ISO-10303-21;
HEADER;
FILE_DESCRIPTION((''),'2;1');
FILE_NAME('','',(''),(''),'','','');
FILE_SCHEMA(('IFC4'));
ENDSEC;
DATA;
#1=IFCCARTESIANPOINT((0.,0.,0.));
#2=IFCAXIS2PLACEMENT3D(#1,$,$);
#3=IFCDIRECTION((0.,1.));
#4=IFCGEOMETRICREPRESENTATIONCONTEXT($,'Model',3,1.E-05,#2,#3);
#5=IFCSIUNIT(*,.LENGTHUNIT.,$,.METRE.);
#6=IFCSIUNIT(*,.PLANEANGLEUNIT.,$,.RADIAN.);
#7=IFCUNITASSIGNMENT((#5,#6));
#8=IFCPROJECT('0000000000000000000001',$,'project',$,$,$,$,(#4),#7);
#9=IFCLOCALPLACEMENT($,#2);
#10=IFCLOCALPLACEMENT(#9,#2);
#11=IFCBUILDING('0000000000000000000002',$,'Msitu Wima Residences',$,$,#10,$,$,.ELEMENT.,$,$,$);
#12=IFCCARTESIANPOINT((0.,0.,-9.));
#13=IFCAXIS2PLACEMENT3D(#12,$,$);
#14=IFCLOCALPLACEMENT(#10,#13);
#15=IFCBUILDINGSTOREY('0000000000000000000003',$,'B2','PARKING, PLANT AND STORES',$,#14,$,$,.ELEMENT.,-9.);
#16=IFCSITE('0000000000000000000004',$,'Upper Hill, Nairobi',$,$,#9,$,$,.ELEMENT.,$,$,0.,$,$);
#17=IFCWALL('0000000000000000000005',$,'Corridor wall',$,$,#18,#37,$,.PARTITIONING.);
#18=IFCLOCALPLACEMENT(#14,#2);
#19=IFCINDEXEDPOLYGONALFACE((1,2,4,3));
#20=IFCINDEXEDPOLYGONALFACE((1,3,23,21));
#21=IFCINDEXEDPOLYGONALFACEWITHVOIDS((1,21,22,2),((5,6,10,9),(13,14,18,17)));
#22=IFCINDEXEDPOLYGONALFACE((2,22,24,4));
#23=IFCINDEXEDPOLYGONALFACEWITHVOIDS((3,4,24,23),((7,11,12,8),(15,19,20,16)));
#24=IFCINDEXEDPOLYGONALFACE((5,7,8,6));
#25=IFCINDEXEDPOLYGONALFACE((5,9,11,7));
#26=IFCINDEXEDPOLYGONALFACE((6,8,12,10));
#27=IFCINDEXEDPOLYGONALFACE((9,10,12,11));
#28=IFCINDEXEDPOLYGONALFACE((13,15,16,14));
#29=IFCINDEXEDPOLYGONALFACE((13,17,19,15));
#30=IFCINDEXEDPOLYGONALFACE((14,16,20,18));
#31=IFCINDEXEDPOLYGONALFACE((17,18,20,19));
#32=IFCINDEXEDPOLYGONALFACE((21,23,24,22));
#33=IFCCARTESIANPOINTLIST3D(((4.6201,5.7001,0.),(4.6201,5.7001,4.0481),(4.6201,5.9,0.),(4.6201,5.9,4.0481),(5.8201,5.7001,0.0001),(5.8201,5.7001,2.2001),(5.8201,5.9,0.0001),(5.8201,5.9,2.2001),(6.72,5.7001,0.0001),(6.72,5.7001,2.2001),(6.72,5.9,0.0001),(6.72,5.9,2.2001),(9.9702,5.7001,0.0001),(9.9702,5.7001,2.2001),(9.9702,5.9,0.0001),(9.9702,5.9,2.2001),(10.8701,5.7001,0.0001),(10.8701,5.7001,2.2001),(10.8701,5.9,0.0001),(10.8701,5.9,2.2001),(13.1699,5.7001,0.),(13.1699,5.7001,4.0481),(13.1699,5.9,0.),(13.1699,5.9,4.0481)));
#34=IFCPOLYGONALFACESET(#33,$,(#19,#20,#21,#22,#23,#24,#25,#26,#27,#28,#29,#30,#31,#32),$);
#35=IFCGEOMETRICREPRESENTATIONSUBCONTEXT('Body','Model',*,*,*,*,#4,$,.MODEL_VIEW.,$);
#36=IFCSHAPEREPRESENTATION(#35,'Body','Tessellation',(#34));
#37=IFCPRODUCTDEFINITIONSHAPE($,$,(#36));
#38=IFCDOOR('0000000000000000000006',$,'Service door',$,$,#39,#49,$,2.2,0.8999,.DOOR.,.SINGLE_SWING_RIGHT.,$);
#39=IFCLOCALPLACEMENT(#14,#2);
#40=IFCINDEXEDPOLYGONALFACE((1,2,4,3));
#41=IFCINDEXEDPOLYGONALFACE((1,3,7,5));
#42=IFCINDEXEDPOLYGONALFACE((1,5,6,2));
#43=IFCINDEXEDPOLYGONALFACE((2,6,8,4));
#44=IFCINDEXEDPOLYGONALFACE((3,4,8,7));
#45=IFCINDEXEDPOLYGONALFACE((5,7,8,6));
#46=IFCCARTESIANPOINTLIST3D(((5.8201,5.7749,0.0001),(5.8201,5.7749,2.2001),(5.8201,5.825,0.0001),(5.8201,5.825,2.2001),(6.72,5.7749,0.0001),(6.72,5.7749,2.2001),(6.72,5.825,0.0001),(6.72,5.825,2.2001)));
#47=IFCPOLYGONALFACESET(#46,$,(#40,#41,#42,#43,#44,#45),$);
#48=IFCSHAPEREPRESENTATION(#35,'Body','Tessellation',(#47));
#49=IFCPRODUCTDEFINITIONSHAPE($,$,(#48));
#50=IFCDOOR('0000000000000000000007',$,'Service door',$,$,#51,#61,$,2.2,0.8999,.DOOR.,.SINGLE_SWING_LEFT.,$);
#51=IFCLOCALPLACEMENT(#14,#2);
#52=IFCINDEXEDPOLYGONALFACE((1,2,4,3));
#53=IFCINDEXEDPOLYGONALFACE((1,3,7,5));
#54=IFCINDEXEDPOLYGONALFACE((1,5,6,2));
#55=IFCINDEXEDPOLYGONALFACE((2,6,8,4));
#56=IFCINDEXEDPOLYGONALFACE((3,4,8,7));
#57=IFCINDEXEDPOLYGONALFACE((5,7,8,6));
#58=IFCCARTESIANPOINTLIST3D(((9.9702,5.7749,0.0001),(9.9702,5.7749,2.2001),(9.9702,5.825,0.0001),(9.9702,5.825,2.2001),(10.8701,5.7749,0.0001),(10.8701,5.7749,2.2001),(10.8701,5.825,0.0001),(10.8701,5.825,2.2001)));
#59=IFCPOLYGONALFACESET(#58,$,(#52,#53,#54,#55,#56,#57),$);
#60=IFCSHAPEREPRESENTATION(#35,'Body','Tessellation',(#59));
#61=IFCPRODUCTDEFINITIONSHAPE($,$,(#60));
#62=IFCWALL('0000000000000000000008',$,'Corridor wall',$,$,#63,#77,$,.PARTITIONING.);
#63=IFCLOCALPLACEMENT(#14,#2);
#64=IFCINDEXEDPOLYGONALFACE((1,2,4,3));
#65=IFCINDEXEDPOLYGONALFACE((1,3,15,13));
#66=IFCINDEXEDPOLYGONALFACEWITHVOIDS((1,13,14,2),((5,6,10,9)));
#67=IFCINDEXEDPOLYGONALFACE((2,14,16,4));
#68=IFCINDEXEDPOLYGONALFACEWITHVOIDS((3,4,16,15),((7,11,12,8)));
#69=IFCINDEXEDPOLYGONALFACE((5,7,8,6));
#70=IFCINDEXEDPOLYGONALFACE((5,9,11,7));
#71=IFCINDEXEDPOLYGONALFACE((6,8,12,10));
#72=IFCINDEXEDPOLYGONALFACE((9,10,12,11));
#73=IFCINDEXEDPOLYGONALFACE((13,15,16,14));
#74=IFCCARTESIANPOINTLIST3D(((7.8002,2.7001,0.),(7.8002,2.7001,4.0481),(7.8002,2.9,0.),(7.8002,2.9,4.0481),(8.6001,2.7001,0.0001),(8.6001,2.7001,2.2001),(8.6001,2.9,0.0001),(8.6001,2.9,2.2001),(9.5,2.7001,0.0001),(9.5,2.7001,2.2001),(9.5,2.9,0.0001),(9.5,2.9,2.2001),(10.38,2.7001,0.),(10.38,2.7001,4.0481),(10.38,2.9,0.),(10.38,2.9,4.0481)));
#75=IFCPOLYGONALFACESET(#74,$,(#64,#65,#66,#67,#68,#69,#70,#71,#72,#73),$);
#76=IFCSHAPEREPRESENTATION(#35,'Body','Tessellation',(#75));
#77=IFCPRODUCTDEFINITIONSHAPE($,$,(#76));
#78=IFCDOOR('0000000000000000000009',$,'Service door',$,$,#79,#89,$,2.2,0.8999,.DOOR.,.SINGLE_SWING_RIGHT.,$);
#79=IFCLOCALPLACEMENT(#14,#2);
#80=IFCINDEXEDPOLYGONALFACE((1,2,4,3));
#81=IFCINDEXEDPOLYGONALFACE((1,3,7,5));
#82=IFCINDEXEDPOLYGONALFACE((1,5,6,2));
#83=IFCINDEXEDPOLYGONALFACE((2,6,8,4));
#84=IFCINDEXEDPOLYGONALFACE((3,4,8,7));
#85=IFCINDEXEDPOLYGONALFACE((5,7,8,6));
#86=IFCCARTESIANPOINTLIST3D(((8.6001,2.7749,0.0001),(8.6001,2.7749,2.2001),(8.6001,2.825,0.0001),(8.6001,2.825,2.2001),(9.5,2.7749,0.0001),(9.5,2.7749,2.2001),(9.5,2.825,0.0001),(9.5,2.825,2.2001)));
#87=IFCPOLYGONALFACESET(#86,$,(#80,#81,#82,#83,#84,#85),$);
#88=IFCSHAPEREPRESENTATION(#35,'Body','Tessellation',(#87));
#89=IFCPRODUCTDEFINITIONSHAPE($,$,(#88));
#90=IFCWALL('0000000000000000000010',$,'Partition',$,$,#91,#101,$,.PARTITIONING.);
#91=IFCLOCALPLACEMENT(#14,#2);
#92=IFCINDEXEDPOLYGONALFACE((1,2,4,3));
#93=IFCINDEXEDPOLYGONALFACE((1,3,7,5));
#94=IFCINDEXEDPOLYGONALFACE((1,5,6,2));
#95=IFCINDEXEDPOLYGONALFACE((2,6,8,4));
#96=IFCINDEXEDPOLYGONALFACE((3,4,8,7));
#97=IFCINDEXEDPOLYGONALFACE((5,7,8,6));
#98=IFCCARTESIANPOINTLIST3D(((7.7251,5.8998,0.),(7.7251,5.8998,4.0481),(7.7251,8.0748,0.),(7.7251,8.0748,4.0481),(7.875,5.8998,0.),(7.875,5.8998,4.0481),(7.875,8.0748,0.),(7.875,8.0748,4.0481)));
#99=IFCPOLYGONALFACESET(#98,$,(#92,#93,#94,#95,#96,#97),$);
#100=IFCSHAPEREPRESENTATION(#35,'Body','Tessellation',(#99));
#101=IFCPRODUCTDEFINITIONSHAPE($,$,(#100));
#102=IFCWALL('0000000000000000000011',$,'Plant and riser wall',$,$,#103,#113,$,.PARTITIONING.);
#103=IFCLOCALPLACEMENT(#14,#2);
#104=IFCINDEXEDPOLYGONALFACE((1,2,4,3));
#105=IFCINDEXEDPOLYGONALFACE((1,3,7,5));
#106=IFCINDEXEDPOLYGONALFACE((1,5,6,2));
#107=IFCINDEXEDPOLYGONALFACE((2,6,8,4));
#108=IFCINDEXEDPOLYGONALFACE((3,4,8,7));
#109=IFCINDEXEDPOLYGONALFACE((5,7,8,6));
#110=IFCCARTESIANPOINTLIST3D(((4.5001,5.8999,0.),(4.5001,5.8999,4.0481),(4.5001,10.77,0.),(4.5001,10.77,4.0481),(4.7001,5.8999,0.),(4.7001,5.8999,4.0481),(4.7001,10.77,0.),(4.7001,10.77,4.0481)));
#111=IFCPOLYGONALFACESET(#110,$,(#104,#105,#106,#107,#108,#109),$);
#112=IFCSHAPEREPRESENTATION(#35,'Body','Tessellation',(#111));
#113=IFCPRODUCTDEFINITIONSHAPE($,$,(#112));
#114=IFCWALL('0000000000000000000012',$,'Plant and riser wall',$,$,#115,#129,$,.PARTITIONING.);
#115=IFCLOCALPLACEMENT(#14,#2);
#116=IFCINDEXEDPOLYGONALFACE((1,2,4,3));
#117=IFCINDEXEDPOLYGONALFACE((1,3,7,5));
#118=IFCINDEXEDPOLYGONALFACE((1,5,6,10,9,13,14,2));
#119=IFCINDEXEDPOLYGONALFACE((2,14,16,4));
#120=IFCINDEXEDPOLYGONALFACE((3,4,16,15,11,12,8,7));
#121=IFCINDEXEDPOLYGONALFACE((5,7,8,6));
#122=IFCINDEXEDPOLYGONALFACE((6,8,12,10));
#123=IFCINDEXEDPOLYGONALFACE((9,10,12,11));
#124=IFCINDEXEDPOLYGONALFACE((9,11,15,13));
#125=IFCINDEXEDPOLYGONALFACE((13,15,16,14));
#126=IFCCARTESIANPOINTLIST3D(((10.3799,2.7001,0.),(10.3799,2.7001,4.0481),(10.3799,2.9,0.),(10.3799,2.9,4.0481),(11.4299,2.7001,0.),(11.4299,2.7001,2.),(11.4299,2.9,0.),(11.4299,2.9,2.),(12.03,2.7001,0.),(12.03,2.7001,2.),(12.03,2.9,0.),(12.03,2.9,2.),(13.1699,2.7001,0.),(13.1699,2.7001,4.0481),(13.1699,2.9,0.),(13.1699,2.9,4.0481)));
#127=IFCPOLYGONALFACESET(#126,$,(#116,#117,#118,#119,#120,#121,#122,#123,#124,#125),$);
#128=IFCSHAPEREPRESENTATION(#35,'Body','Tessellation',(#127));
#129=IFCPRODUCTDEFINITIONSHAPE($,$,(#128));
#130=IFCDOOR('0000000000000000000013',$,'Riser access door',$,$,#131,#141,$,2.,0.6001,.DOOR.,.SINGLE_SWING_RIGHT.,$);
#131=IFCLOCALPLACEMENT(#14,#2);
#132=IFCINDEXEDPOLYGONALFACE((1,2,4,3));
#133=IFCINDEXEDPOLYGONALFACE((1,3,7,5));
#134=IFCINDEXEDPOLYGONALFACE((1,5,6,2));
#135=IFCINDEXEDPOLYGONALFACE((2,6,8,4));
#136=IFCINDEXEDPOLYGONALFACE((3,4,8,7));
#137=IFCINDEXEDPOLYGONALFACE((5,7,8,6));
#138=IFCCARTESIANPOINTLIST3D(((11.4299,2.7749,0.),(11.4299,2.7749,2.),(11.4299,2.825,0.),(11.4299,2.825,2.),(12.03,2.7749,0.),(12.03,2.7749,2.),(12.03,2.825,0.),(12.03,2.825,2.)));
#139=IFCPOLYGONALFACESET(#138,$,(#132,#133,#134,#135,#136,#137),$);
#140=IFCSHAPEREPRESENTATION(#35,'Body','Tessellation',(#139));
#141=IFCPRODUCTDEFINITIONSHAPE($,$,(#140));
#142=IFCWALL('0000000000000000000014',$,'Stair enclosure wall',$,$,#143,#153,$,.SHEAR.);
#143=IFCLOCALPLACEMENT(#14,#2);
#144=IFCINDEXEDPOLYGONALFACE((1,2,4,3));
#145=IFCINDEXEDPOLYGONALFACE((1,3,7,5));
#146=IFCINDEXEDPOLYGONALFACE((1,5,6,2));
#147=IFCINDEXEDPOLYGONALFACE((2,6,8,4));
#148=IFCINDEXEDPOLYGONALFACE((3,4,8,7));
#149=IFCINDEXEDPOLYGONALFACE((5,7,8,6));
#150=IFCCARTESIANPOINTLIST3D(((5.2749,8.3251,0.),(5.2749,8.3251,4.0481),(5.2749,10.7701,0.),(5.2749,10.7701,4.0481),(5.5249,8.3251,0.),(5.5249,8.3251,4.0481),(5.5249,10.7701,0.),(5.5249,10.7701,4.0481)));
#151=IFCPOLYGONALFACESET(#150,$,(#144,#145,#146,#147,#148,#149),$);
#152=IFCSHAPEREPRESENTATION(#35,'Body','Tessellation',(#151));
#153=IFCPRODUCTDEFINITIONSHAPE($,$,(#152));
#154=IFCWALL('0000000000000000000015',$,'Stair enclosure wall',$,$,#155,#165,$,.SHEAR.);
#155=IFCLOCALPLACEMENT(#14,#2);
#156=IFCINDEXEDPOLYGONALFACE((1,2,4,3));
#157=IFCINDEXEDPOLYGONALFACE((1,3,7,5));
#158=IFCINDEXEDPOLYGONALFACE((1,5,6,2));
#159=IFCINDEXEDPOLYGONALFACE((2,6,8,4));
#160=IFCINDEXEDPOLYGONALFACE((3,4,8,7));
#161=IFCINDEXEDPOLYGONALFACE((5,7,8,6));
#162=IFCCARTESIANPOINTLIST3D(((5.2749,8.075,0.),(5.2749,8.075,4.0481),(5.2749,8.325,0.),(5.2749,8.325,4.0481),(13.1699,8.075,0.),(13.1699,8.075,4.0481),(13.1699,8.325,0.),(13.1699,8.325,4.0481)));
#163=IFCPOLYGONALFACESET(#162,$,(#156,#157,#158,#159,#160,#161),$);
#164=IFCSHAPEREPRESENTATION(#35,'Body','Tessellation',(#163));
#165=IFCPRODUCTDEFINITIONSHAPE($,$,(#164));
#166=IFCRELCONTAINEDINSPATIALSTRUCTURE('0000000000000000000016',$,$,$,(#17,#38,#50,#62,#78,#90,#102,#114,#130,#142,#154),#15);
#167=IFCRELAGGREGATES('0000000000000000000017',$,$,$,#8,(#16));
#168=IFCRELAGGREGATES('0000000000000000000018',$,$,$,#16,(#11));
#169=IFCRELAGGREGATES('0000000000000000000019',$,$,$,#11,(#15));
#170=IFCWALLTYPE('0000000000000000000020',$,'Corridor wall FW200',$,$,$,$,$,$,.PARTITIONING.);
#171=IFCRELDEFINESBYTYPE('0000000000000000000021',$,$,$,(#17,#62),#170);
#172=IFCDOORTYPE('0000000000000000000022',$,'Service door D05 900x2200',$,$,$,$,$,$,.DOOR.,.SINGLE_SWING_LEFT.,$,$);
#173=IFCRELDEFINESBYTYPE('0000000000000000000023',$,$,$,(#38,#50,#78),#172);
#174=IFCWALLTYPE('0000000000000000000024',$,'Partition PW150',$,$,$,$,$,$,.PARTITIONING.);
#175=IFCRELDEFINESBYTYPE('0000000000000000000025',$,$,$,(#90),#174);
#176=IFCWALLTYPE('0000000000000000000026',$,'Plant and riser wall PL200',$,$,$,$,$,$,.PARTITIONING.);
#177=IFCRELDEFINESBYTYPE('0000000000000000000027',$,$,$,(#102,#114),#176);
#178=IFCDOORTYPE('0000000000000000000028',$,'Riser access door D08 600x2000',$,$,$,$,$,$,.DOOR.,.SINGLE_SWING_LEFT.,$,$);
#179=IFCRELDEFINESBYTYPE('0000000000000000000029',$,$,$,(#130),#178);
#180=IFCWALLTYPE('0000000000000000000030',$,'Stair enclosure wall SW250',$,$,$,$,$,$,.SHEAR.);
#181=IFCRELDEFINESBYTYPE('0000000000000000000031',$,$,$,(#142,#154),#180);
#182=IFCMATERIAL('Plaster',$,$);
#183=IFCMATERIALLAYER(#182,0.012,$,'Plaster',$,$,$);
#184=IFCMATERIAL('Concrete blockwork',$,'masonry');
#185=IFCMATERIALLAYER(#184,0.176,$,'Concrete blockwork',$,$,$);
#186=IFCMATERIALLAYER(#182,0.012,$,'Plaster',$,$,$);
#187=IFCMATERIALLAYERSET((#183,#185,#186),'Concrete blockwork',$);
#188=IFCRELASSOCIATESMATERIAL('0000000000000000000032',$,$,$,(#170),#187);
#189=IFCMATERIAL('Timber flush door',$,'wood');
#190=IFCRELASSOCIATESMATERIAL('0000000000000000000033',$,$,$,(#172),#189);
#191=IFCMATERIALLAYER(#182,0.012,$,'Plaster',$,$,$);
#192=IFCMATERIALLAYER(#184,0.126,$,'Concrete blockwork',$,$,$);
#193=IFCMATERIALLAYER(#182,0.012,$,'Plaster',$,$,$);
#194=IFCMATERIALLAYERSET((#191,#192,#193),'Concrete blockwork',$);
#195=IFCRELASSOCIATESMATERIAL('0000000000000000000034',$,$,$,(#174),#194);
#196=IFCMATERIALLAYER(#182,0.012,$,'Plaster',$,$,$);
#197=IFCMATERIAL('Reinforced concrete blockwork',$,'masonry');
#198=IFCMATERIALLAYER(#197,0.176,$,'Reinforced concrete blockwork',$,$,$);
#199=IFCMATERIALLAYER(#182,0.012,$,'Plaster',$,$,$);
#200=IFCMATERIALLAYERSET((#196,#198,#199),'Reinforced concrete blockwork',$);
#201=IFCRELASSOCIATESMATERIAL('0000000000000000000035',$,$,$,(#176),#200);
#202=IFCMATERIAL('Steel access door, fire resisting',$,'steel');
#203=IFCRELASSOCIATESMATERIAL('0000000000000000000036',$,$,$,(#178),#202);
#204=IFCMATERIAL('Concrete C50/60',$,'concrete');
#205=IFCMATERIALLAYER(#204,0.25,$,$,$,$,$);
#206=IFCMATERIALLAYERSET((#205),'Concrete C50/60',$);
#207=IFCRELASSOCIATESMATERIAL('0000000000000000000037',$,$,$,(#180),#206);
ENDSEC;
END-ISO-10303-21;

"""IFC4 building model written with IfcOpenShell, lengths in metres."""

from ifc_helpers import new_model, si_unit, direction, frame, frame_2d, origin, place, context, subcontext, project, spatial, rectangle, extrude, material, layer, layer_set, type_object, element, fill, save


model = new_model("IFC4")

# Units and contexts
model_context = context("Model", 3, precision=1e-05, world=origin(), true_north=direction((0.0, 1.0)))
body_context = subcontext(model_context, "Body", "Model", "MODEL_VIEW")
ifc_project = project(units=[si_unit("LENGTHUNIT", "METRE"), si_unit("PLANEANGLEUNIT", "RADIAN")], contexts=[model_context])

# Site, building, storey
site_placement = place(None, origin())
site = spatial("IfcSite", under=ifc_project, at=site_placement, Name="Upper Hill, Nairobi", CompositionType="ELEMENT", RefElevation=0.0)
building_placement = place(site_placement, origin())
building = spatial("IfcBuilding", under=site, at=building_placement, Name="Msitu Wima Residences", CompositionType="ELEMENT")
storey_placement = place(building_placement, frame((0.0, 0.0, -9.0)))
storey = spatial("IfcBuildingStorey", under=building, at=storey_placement, Name="B2", Description="PARKING, PLANT AND STORES", CompositionType="ELEMENT", Elevation=-9.0)

# Wall, openings, doors
ifc_material_1 = material(Name="Plaster")
ifc_layer_1 = layer(ifc_material_1, 0.012, Name="Plaster")
ifc_material_2 = material(Name="Concrete blockwork", Category="masonry")
ifc_layer_2 = layer(ifc_material_2, 0.176, Name="Concrete blockwork")
ifc_layer_3 = layer(ifc_material_1, 0.012, Name="Plaster")
ifc_layer_set_1 = layer_set([ifc_layer_1, ifc_layer_2, ifc_layer_3], Name="Concrete blockwork")
wall_type_1 = type_object("IfcWallType", Name="Corridor wall FW200", PredefinedType="PARTITIONING", material=ifc_layer_set_1)
wall_1_placement = place(storey_placement, frame((4.6201, 5.8, 0.0), z_axis=(0.0, 0.0, 1.0), x_axis=(1.0, 0.0, 0.0)))
wall_1 = element("IfcWall", 1, at=wall_1_placement, inside=storey, type_object=wall_type_1, Name="Corridor wall", PredefinedType="PARTITIONING", context=body_context, shape_type="SweptSolid", body=[
    extrude(rectangle(XDim=8.5498, YDim=0.2, at=frame_2d((4.2749, 0.0))), origin(), (0.0, 0.0, 1.0), 4.0481),
])
opening_1_placement = place(wall_1_placement, frame((1.2, 0.0, 0.0)))
opening_1 = element("IfcOpeningElement", 2, at=opening_1_placement, cuts=wall_1, PredefinedType="OPENING", context=body_context, shape_type="SweptSolid", body=[
    extrude(rectangle(XDim=0.8999, YDim=2.2, at=frame_2d((0.45, 1.1001))), frame((0.0, 0.1099, 0.0), z_axis=(0.0, -1.0, 0.0), x_axis=(1.0, 0.0, 0.0)), (0.0, 0.0, 1.0), 0.22),
])
opening_2_placement = place(wall_1_placement, frame((5.3501, 0.0, 0.0)))
opening_2 = element("IfcOpeningElement", 3, at=opening_2_placement, cuts=wall_1, PredefinedType="OPENING", context=body_context, shape_type="SweptSolid", body=[
    extrude(rectangle(XDim=0.8999, YDim=2.2, at=frame_2d((0.45, 1.1001))), frame((0.0, 0.1099, 0.0), z_axis=(0.0, -1.0, 0.0), x_axis=(1.0, 0.0, 0.0)), (0.0, 0.0, 1.0), 0.22),
])
ifc_material_3 = material(Name="Timber flush door", Category="wood")
door_type_1 = type_object("IfcDoorType", Name="Service door D05 900x2200", OperationType="SINGLE_SWING_LEFT", PredefinedType="DOOR", material=ifc_material_3)
door_1_placement = place(opening_1_placement, origin())
door_1 = element("IfcDoor", 4, at=door_1_placement, inside=storey, type_object=door_type_1, Name="Service door", OperationType="SINGLE_SWING_RIGHT", OverallHeight=2.2, OverallWidth=0.8999, PredefinedType="DOOR", context=body_context, shape_type="SweptSolid", body=[
    extrude(rectangle(XDim=0.8999, YDim=2.2, at=frame_2d((0.45, 1.1001))), frame((0.0, 0.0249, 0.0), z_axis=(0.0, -1.0, 0.0), x_axis=(1.0, 0.0, 0.0)), (0.0, 0.0, 1.0), 0.05),
])
fill(opening_1, door_1)
door_2_placement = place(opening_2_placement, origin())
door_2 = element("IfcDoor", 5, at=door_2_placement, inside=storey, type_object=door_type_1, Name="Service door", OperationType="SINGLE_SWING_LEFT", OverallHeight=2.2, OverallWidth=0.8999, PredefinedType="DOOR", context=body_context, shape_type="SweptSolid", body=[
    extrude(rectangle(XDim=0.8999, YDim=2.2, at=frame_2d((0.45, 1.1001))), frame((0.0, 0.0249, 0.0), z_axis=(0.0, -1.0, 0.0), x_axis=(1.0, 0.0, 0.0)), (0.0, 0.0, 1.0), 0.05),
])
fill(opening_2, door_2)

# Wall, opening, door
wall_2_placement = place(storey_placement, frame((7.8, 2.8, 0.0), z_axis=(0.0, 0.0, 1.0), x_axis=(1.0, 0.0, 0.0)))
wall_2 = element("IfcWall", 6, at=wall_2_placement, inside=storey, type_object=wall_type_1, Name="Corridor wall", PredefinedType="PARTITIONING", context=body_context, shape_type="SweptSolid", body=[
    extrude(rectangle(XDim=2.5798, YDim=0.2, at=frame_2d((1.29, 0.0))), origin(), (0.0, 0.0, 1.0), 4.0481),
])
opening_3_placement = place(wall_2_placement, frame((0.8, 0.0, 0.0)))
opening_3 = element("IfcOpeningElement", 7, at=opening_3_placement, cuts=wall_2, PredefinedType="OPENING", context=body_context, shape_type="SweptSolid", body=[
    extrude(rectangle(XDim=0.8999, YDim=2.2, at=frame_2d((0.45, 1.1001))), frame((0.0, 0.1099, 0.0), z_axis=(0.0, -1.0, 0.0), x_axis=(1.0, 0.0, 0.0)), (0.0, 0.0, 1.0), 0.22),
])
door_3_placement = place(opening_3_placement, origin())
door_3 = element("IfcDoor", 8, at=door_3_placement, inside=storey, type_object=door_type_1, Name="Service door", OperationType="SINGLE_SWING_RIGHT", OverallHeight=2.2, OverallWidth=0.8999, PredefinedType="DOOR", context=body_context, shape_type="SweptSolid", body=[
    extrude(rectangle(XDim=0.8999, YDim=2.2, at=frame_2d((0.45, 1.1001))), frame((0.0, 0.0249, 0.0), z_axis=(0.0, -1.0, 0.0), x_axis=(1.0, 0.0, 0.0)), (0.0, 0.0, 1.0), 0.05),
])
fill(opening_3, door_3)

# Walls
ifc_layer_4 = layer(ifc_material_1, 0.012, Name="Plaster")
ifc_layer_5 = layer(ifc_material_2, 0.126, Name="Concrete blockwork")
ifc_layer_6 = layer(ifc_material_1, 0.012, Name="Plaster")
ifc_layer_set_2 = layer_set([ifc_layer_4, ifc_layer_5, ifc_layer_6], Name="Concrete blockwork")
wall_type_2 = type_object("IfcWallType", Name="Partition PW150", PredefinedType="PARTITIONING", material=ifc_layer_set_2)
wall_3_placement = place(storey_placement, frame((7.8, 5.8999, 0.0), z_axis=(0.0, 0.0, 1.0), x_axis=(0.0, 1.0, 0.0)))
element("IfcWall", 9, at=wall_3_placement, inside=storey, type_object=wall_type_2, Name="Partition", PredefinedType="PARTITIONING", context=body_context, shape_type="SweptSolid", body=[
    extrude(rectangle(XDim=2.175, YDim=0.1499, at=frame_2d((1.0874, 0.0))), origin(), (0.0, 0.0, 1.0), 4.0481),
])
ifc_layer_7 = layer(ifc_material_1, 0.012, Name="Plaster")
ifc_material_4 = material(Name="Reinforced concrete blockwork", Category="masonry")
ifc_layer_8 = layer(ifc_material_4, 0.176, Name="Reinforced concrete blockwork")
ifc_layer_9 = layer(ifc_material_1, 0.012, Name="Plaster")
ifc_layer_set_3 = layer_set([ifc_layer_7, ifc_layer_8, ifc_layer_9], Name="Reinforced concrete blockwork")
wall_type_3 = type_object("IfcWallType", Name="Plant and riser wall PL200", PredefinedType="PARTITIONING", material=ifc_layer_set_3)
wall_4_placement = place(storey_placement, frame((4.6001, 5.8999, 0.0), z_axis=(0.0, 0.0, 1.0), x_axis=(0.0, 1.0, 0.0)))
element("IfcWall", 10, at=wall_4_placement, inside=storey, type_object=wall_type_3, Name="Plant and riser wall", PredefinedType="PARTITIONING", context=body_context, shape_type="SweptSolid", body=[
    extrude(rectangle(XDim=4.8701, YDim=0.2, at=frame_2d((2.4351, 0.0))), origin(), (0.0, 0.0, 1.0), 4.0481),
])

# Wall, opening, door
wall_5_placement = place(storey_placement, frame((10.3799, 2.8, 0.0), z_axis=(0.0, 0.0, 1.0), x_axis=(1.0, 0.0, 0.0)))
wall_5 = element("IfcWall", 11, at=wall_5_placement, inside=storey, type_object=wall_type_3, Name="Plant and riser wall", PredefinedType="PARTITIONING", context=body_context, shape_type="SweptSolid", body=[
    extrude(rectangle(XDim=2.79, YDim=0.2, at=frame_2d((1.395, 0.0))), origin(), (0.0, 0.0, 1.0), 4.0481),
])
opening_4_placement = place(wall_5_placement, frame((1.05, 0.0, 0.0)))
opening_4 = element("IfcOpeningElement", 12, at=opening_4_placement, cuts=wall_5, PredefinedType="OPENING", context=body_context, shape_type="SweptSolid", body=[
    extrude(rectangle(XDim=0.6001, YDim=2.0, at=frame_2d((0.3, 1.0))), frame((0.0, 0.1099, 0.0), z_axis=(0.0, -1.0, 0.0), x_axis=(1.0, 0.0, 0.0)), (0.0, 0.0, 1.0), 0.22),
])
ifc_material_5 = material(Name="Steel access door, fire resisting", Category="steel")
door_type_2 = type_object("IfcDoorType", Name="Riser access door D08 600x2000", OperationType="SINGLE_SWING_LEFT", PredefinedType="DOOR", material=ifc_material_5)
door_4_placement = place(opening_4_placement, origin())
door_4 = element("IfcDoor", 13, at=door_4_placement, inside=storey, type_object=door_type_2, Name="Riser access door", OperationType="SINGLE_SWING_RIGHT", OverallHeight=2.0, OverallWidth=0.6001, PredefinedType="DOOR", context=body_context, shape_type="SweptSolid", body=[
    extrude(rectangle(XDim=0.6001, YDim=2.0, at=frame_2d((0.3, 1.0))), frame((0.0, 0.0249, 0.0), z_axis=(0.0, -1.0, 0.0), x_axis=(1.0, 0.0, 0.0)), (0.0, 0.0, 1.0), 0.05),
])
fill(opening_4, door_4)

# Walls
ifc_material_6 = material(Name="Concrete C50/60", Category="concrete")
ifc_layer_10 = layer(ifc_material_6, 0.25)
ifc_layer_set_4 = layer_set([ifc_layer_10], Name="Concrete C50/60")
wall_type_4 = type_object("IfcWallType", Name="Stair enclosure wall SW250", PredefinedType="SHEAR", material=ifc_layer_set_4)
wall_6_placement = place(storey_placement, frame((5.3999, 8.325, 0.0), z_axis=(0.0, 0.0, 1.0), x_axis=(0.0, 1.0, 0.0)))
element("IfcWall", 14, at=wall_6_placement, inside=storey, type_object=wall_type_4, Name="Stair enclosure wall", PredefinedType="SHEAR", context=body_context, shape_type="SweptSolid", body=[
    extrude(rectangle(XDim=2.4451, YDim=0.25, at=frame_2d((1.2227, 0.0))), origin(), (0.0, 0.0, 1.0), 4.0481),
])
wall_7_placement = place(storey_placement, frame((5.2749, 8.2, 0.0), z_axis=(0.0, 0.0, 1.0), x_axis=(1.0, 0.0, 0.0)))
element("IfcWall", 15, at=wall_7_placement, inside=storey, type_object=wall_type_4, Name="Stair enclosure wall", PredefinedType="SHEAR", context=body_context, shape_type="SweptSolid", body=[
    extrude(rectangle(XDim=7.895, YDim=0.25, at=frame_2d((3.9475, 0.0))), origin(), (0.0, 0.0, 1.0), 4.0481),
])

save(model, "model.ifc")
